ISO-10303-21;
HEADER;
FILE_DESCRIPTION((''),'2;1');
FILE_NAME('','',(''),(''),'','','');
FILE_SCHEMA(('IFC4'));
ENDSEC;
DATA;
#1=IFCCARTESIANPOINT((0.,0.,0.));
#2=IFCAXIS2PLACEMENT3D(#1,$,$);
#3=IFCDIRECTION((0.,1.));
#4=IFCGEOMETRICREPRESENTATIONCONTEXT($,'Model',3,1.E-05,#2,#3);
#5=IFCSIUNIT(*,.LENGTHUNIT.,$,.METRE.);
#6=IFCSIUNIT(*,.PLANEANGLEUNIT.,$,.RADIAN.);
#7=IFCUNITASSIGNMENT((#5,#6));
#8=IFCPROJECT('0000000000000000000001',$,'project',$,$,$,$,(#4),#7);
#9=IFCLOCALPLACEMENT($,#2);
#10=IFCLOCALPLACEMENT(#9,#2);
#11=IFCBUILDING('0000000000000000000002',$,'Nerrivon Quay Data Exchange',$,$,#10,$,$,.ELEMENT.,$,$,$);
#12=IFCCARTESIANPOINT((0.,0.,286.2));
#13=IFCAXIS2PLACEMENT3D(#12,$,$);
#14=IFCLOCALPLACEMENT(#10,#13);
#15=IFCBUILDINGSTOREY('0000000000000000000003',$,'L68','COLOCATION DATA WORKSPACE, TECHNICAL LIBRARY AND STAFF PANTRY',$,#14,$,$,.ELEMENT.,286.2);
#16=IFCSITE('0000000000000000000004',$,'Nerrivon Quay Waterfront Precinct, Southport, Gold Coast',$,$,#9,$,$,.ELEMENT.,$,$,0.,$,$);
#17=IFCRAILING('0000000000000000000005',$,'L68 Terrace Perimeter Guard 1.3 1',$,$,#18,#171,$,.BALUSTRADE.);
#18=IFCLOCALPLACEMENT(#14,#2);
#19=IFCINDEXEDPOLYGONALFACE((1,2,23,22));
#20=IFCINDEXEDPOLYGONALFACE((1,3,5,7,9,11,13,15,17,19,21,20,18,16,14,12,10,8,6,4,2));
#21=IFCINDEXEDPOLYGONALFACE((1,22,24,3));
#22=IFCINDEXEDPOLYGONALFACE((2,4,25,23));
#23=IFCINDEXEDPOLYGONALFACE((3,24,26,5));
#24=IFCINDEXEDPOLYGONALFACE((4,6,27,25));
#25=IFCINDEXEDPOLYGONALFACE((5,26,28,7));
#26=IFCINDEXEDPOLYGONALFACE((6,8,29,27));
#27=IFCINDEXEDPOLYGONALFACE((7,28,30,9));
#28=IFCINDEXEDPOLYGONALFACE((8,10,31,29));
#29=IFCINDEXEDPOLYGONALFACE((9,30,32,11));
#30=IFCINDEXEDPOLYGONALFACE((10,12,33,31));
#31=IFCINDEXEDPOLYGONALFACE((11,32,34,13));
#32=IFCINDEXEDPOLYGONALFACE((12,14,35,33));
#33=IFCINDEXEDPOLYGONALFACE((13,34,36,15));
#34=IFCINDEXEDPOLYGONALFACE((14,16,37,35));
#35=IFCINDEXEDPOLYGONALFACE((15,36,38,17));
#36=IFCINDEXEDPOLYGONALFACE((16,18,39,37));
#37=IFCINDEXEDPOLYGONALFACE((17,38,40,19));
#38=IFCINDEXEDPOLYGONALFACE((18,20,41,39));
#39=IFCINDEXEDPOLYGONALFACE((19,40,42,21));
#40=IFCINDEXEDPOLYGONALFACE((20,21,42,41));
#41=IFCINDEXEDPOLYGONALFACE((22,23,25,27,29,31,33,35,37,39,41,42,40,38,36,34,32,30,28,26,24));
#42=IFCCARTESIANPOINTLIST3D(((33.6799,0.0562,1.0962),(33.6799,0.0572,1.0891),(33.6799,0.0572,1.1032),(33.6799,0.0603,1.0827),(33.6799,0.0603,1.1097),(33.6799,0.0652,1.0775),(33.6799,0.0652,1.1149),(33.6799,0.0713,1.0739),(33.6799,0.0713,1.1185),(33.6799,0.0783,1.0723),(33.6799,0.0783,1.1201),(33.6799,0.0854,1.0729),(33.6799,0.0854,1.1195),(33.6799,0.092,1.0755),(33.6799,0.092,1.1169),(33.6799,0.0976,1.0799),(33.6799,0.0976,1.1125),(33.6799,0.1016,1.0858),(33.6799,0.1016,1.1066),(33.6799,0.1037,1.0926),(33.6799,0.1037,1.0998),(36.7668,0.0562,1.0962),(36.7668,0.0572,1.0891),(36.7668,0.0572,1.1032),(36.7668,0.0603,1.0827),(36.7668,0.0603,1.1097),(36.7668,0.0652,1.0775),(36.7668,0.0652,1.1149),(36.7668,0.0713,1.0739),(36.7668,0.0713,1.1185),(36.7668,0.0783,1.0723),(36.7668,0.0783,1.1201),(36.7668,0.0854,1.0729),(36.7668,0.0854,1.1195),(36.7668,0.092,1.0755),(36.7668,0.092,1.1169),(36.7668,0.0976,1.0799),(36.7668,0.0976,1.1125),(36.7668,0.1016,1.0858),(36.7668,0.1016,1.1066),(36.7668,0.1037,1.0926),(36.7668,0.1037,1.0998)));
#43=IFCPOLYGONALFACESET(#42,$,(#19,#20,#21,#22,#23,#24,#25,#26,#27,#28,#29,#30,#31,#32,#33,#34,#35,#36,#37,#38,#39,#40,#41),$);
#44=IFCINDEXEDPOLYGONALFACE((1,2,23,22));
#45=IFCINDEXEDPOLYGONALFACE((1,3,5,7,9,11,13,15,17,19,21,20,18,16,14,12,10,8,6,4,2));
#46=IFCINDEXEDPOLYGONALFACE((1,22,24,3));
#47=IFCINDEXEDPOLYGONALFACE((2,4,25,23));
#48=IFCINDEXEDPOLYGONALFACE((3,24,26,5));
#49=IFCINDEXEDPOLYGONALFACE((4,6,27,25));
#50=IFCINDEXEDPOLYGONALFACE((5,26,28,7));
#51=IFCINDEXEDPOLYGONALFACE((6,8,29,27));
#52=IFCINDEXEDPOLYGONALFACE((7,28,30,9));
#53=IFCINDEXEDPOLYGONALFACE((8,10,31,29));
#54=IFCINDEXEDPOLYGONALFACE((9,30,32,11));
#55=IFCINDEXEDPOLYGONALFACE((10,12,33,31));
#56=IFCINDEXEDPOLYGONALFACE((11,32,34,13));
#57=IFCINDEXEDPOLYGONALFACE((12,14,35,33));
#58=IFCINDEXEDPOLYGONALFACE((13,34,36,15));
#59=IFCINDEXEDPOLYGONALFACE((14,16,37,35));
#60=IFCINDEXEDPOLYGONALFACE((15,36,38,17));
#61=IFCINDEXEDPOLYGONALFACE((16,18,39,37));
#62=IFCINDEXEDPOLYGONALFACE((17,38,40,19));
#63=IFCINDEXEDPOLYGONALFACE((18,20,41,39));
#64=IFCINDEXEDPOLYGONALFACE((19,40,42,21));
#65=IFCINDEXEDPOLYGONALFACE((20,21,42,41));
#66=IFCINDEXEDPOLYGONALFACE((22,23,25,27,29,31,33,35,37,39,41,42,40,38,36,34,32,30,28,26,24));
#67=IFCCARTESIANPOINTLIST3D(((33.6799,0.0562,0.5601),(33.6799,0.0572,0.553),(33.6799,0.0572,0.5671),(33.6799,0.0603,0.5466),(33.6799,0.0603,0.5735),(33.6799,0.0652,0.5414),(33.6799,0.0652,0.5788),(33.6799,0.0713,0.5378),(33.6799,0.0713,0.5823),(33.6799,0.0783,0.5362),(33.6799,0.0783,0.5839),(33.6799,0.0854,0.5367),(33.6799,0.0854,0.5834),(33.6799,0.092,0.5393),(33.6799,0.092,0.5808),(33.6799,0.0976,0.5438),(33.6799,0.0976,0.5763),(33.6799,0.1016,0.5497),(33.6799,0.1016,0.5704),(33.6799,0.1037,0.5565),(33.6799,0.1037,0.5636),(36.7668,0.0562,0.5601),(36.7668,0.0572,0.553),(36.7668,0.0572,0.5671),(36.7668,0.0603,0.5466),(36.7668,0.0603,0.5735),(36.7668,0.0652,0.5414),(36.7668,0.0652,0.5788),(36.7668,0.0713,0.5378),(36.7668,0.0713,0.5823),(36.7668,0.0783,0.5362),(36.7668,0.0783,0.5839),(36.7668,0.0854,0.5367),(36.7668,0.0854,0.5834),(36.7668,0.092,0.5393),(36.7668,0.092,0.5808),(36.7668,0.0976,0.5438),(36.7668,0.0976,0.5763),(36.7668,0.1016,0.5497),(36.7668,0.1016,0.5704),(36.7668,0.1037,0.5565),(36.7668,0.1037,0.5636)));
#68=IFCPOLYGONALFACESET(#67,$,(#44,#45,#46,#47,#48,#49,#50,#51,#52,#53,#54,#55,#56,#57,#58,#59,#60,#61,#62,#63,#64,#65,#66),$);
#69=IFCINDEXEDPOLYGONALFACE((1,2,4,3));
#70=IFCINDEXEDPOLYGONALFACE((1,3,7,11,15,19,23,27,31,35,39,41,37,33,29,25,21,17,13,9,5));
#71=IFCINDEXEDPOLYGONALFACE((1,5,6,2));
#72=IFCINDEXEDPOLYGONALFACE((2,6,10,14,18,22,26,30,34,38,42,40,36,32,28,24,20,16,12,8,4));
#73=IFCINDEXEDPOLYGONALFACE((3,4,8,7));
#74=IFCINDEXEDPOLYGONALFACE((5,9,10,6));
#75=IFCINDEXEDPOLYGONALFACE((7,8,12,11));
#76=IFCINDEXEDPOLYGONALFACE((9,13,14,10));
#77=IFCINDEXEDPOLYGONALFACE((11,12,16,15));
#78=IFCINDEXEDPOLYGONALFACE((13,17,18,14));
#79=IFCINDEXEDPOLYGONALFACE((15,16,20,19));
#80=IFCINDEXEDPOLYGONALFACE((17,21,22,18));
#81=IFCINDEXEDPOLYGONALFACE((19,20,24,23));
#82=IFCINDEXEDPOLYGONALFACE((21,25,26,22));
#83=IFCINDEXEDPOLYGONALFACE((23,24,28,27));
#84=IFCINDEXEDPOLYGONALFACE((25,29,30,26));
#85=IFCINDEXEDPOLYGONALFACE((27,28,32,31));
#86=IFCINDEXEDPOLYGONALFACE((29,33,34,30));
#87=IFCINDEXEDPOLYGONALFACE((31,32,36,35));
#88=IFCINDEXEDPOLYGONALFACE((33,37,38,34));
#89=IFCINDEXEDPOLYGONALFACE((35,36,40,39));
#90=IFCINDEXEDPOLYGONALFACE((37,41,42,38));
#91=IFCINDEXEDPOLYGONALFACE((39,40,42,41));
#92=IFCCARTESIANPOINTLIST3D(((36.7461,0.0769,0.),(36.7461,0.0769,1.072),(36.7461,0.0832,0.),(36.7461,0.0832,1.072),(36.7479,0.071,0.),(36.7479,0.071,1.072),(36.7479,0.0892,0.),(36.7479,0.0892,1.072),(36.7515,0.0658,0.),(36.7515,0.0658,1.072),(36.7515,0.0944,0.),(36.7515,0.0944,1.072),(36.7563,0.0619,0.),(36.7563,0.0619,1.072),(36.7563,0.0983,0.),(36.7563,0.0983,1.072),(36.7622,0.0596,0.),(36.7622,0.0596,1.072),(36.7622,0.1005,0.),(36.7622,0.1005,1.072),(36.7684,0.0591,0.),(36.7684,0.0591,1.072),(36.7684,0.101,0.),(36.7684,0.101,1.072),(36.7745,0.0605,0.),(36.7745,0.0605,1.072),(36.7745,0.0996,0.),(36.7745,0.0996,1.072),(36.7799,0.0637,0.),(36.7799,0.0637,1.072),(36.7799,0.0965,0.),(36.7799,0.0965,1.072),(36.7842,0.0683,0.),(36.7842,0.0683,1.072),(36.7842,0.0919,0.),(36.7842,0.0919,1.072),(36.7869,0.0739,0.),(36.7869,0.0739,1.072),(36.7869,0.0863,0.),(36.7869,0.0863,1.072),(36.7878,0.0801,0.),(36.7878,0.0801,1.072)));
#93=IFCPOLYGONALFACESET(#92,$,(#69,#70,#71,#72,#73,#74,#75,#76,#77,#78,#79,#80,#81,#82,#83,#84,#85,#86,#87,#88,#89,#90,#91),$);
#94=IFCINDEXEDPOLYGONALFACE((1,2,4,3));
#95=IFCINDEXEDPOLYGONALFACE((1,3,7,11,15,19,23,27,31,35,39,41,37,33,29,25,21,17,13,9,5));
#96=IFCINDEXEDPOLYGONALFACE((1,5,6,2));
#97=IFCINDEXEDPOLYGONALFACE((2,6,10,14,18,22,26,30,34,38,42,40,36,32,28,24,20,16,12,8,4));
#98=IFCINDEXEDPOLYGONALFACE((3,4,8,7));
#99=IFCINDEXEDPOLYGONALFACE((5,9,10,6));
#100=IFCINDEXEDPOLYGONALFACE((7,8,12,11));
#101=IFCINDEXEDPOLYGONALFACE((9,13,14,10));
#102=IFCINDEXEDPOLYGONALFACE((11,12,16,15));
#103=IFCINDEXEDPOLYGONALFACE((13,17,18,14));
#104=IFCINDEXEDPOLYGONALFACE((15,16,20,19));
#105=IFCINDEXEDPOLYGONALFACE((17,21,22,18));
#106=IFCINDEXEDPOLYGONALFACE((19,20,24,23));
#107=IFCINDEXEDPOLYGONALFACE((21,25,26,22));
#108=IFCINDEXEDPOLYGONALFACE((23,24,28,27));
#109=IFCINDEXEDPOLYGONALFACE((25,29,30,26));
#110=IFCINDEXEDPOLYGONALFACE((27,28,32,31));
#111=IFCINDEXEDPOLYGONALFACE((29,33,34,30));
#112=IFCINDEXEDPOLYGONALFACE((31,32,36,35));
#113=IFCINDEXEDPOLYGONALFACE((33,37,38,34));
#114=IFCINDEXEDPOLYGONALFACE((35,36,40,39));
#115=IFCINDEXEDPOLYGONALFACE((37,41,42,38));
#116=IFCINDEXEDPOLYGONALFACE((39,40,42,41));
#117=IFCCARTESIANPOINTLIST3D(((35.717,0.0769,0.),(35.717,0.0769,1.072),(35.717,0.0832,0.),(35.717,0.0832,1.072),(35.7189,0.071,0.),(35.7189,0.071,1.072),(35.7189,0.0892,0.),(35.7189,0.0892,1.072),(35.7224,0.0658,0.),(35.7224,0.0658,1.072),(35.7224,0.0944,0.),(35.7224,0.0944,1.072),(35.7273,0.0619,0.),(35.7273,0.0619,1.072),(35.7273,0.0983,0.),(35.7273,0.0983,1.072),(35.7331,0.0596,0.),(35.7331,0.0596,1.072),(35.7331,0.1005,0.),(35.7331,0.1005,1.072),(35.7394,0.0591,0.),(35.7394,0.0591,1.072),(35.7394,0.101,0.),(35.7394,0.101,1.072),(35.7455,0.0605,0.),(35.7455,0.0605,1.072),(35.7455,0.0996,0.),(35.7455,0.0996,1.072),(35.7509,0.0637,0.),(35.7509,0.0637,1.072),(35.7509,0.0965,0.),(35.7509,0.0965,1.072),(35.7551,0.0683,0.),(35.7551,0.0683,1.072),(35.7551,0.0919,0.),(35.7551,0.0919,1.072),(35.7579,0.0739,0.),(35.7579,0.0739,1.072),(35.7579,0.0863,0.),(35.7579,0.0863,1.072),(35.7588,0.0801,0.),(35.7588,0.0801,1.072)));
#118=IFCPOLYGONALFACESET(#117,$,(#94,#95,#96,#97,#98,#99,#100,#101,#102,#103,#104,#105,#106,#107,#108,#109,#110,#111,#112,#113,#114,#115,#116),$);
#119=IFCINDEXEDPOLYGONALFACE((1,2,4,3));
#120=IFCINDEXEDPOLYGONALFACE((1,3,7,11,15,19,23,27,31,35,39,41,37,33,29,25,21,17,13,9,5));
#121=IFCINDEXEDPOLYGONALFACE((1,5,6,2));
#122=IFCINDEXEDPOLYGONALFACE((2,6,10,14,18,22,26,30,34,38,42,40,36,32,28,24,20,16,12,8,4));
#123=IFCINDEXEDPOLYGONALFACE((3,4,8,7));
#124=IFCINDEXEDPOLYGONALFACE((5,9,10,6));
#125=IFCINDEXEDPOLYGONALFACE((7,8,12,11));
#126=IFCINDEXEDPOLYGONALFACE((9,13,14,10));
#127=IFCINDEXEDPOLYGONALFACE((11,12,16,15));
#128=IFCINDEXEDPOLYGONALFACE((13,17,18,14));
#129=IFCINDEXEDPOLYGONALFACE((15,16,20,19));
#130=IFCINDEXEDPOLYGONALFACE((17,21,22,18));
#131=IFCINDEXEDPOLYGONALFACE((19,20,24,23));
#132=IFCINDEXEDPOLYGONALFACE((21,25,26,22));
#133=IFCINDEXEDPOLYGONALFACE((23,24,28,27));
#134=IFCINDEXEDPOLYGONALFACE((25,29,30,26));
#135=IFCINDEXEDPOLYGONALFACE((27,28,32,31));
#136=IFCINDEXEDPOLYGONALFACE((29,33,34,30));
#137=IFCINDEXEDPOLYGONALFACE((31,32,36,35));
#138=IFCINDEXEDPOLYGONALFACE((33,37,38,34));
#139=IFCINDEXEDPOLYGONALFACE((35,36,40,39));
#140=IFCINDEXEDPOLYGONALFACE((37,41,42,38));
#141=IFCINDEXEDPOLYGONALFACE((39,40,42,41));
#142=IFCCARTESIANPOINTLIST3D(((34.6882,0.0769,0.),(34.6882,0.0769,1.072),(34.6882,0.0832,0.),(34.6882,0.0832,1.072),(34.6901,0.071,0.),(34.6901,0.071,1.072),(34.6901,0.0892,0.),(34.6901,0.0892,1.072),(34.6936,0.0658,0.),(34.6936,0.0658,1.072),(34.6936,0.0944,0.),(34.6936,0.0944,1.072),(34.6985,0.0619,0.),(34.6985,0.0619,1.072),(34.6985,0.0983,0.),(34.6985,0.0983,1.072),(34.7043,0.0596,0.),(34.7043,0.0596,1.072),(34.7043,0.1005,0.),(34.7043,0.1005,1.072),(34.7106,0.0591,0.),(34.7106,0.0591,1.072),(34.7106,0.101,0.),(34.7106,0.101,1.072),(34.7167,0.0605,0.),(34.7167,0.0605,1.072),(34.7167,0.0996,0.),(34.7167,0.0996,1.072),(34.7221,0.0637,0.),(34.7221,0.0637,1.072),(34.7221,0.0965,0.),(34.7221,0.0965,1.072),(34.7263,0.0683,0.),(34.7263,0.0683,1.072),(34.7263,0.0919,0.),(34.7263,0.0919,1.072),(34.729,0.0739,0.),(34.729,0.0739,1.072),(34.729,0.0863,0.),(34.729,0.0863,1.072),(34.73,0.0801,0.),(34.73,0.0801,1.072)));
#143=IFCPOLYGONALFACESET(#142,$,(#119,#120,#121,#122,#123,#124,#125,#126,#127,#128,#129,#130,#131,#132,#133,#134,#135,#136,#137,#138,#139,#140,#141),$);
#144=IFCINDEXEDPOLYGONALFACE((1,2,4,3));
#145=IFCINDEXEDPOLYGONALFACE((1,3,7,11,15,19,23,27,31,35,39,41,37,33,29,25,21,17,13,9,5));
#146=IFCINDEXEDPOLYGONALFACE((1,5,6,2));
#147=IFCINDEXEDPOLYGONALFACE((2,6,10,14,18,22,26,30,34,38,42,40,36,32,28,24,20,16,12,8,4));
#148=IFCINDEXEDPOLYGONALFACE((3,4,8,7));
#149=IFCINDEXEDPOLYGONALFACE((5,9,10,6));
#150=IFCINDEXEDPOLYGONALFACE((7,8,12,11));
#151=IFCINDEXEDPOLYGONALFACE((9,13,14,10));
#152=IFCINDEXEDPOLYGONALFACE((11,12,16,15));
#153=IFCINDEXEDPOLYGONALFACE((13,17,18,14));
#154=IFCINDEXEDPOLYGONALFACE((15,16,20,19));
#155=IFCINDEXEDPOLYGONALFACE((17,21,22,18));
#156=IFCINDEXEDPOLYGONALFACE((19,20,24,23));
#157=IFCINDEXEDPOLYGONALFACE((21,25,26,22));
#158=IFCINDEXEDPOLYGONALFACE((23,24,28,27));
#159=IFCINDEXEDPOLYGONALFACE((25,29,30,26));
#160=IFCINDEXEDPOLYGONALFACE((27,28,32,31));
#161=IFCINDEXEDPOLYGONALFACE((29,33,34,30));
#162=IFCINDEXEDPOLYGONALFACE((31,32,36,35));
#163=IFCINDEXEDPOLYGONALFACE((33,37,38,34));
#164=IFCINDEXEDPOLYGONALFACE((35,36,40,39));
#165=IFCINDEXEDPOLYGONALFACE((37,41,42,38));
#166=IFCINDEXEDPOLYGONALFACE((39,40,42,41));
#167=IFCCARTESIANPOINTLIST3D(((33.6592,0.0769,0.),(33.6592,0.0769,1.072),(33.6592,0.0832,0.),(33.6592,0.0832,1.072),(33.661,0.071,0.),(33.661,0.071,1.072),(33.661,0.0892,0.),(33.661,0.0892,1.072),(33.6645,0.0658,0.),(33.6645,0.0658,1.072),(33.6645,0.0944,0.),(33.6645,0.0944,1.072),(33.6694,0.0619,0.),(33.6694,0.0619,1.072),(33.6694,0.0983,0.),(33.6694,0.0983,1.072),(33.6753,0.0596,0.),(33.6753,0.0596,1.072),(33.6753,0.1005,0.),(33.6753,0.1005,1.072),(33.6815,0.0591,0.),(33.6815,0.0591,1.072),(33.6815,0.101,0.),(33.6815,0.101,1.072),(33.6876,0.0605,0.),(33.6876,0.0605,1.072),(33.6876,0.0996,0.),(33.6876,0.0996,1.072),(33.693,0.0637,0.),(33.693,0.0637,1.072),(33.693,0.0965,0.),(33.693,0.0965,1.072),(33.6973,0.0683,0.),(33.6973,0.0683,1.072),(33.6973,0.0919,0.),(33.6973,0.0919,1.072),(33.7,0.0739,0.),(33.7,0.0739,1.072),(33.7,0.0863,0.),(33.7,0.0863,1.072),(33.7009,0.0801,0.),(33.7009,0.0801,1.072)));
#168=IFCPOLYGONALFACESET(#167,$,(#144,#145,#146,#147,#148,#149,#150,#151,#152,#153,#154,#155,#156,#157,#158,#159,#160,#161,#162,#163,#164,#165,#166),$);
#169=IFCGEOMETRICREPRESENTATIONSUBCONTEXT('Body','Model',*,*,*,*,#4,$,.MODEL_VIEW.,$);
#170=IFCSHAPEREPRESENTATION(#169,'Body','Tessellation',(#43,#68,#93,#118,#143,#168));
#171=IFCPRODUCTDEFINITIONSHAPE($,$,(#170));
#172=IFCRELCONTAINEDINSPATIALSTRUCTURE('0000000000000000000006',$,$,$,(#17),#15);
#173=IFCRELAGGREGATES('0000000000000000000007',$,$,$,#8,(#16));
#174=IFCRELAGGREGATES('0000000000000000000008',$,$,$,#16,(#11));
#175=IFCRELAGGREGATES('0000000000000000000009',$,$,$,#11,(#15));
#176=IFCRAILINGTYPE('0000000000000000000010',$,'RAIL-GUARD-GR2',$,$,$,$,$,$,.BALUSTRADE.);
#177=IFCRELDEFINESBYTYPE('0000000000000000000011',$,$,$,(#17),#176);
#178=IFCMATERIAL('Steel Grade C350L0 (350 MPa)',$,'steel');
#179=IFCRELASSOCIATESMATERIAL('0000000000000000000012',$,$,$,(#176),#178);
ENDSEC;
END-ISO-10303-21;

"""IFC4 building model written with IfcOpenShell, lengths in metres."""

from ifc_helpers import new_model, si_unit, direction, frame, origin, origin_2d, place, context, subcontext, project, spatial, circle, extrude, material, type_object, element, save


model = new_model("IFC4")

# Units and contexts
model_context = context("Model", 3, precision=1e-05, world=origin(), true_north=direction((0.0, 1.0)))
body_context = subcontext(model_context, "Body", "Model", "MODEL_VIEW")
ifc_project = project(units=[si_unit("LENGTHUNIT", "METRE"), si_unit("PLANEANGLEUNIT", "RADIAN")], contexts=[model_context])

# Site, building, storey
site_placement = place(None, origin())
site = spatial("IfcSite", under=ifc_project, at=site_placement, Name="Nerrivon Quay Waterfront Precinct, Southport, Gold Coast", CompositionType="ELEMENT", RefElevation=0.0)
building_placement = place(site_placement, origin())
building = spatial("IfcBuilding", under=site, at=building_placement, Name="Nerrivon Quay Data Exchange", CompositionType="ELEMENT")
storey_placement = place(building_placement, frame((0.0, 0.0, 286.2)))
storey = spatial("IfcBuildingStorey", under=building, at=storey_placement, Name="L68", Description="COLOCATION DATA WORKSPACE, TECHNICAL LIBRARY AND STAFF PANTRY", CompositionType="ELEMENT", Elevation=286.2)

# Railing
ifc_material_1 = material(Name="Steel Grade C350L0 (350 MPa)", Category="steel")
railing_type = type_object("IfcRailingType", Name="RAIL-GUARD-GR2", PredefinedType="BALUSTRADE", material=ifc_material_1)
railing_1_placement = place(storey_placement, frame((36.7668, 0.0801, 0.0)))
element("IfcRailing", 1, at=railing_1_placement, inside=storey, type_object=railing_type, Name="L68 Terrace Perimeter Guard 1.3 1", PredefinedType="BALUSTRADE", context=body_context, shape_type="SweptSolid", body=[
    extrude(circle(Radius=0.0239, at=origin_2d()), frame((0.0, 0.0, 1.0962), z_axis=(-1.0, 0.0, 0.0), x_axis=(0.0, -1.0, 0.0)), (0.0, 0.0, 1.0), 3.0869),
    extrude(circle(Radius=0.0239, at=origin_2d()), frame((0.0, 0.0, 0.5601), z_axis=(-1.0, 0.0, 0.0), x_axis=(0.0, -1.0, 0.0)), (0.0, 0.0, 1.0), 3.0869),
    extrude(circle(Radius=0.021, at=origin_2d()), origin(), (0.0, 0.0, 1.0), 1.072),
    extrude(circle(Radius=0.021, at=origin_2d()), frame((-1.0291, 0.0, 0.0)), (0.0, 0.0, 1.0), 1.072),
    extrude(circle(Radius=0.021, at=origin_2d()), frame((-2.0579, 0.0, 0.0)), (0.0, 0.0, 1.0), 1.072),
    extrude(circle(Radius=0.021, at=origin_2d()), frame((-3.0869, 0.0, 0.0)), (0.0, 0.0, 1.0), 1.072),
])

save(model, "model.ifc")
